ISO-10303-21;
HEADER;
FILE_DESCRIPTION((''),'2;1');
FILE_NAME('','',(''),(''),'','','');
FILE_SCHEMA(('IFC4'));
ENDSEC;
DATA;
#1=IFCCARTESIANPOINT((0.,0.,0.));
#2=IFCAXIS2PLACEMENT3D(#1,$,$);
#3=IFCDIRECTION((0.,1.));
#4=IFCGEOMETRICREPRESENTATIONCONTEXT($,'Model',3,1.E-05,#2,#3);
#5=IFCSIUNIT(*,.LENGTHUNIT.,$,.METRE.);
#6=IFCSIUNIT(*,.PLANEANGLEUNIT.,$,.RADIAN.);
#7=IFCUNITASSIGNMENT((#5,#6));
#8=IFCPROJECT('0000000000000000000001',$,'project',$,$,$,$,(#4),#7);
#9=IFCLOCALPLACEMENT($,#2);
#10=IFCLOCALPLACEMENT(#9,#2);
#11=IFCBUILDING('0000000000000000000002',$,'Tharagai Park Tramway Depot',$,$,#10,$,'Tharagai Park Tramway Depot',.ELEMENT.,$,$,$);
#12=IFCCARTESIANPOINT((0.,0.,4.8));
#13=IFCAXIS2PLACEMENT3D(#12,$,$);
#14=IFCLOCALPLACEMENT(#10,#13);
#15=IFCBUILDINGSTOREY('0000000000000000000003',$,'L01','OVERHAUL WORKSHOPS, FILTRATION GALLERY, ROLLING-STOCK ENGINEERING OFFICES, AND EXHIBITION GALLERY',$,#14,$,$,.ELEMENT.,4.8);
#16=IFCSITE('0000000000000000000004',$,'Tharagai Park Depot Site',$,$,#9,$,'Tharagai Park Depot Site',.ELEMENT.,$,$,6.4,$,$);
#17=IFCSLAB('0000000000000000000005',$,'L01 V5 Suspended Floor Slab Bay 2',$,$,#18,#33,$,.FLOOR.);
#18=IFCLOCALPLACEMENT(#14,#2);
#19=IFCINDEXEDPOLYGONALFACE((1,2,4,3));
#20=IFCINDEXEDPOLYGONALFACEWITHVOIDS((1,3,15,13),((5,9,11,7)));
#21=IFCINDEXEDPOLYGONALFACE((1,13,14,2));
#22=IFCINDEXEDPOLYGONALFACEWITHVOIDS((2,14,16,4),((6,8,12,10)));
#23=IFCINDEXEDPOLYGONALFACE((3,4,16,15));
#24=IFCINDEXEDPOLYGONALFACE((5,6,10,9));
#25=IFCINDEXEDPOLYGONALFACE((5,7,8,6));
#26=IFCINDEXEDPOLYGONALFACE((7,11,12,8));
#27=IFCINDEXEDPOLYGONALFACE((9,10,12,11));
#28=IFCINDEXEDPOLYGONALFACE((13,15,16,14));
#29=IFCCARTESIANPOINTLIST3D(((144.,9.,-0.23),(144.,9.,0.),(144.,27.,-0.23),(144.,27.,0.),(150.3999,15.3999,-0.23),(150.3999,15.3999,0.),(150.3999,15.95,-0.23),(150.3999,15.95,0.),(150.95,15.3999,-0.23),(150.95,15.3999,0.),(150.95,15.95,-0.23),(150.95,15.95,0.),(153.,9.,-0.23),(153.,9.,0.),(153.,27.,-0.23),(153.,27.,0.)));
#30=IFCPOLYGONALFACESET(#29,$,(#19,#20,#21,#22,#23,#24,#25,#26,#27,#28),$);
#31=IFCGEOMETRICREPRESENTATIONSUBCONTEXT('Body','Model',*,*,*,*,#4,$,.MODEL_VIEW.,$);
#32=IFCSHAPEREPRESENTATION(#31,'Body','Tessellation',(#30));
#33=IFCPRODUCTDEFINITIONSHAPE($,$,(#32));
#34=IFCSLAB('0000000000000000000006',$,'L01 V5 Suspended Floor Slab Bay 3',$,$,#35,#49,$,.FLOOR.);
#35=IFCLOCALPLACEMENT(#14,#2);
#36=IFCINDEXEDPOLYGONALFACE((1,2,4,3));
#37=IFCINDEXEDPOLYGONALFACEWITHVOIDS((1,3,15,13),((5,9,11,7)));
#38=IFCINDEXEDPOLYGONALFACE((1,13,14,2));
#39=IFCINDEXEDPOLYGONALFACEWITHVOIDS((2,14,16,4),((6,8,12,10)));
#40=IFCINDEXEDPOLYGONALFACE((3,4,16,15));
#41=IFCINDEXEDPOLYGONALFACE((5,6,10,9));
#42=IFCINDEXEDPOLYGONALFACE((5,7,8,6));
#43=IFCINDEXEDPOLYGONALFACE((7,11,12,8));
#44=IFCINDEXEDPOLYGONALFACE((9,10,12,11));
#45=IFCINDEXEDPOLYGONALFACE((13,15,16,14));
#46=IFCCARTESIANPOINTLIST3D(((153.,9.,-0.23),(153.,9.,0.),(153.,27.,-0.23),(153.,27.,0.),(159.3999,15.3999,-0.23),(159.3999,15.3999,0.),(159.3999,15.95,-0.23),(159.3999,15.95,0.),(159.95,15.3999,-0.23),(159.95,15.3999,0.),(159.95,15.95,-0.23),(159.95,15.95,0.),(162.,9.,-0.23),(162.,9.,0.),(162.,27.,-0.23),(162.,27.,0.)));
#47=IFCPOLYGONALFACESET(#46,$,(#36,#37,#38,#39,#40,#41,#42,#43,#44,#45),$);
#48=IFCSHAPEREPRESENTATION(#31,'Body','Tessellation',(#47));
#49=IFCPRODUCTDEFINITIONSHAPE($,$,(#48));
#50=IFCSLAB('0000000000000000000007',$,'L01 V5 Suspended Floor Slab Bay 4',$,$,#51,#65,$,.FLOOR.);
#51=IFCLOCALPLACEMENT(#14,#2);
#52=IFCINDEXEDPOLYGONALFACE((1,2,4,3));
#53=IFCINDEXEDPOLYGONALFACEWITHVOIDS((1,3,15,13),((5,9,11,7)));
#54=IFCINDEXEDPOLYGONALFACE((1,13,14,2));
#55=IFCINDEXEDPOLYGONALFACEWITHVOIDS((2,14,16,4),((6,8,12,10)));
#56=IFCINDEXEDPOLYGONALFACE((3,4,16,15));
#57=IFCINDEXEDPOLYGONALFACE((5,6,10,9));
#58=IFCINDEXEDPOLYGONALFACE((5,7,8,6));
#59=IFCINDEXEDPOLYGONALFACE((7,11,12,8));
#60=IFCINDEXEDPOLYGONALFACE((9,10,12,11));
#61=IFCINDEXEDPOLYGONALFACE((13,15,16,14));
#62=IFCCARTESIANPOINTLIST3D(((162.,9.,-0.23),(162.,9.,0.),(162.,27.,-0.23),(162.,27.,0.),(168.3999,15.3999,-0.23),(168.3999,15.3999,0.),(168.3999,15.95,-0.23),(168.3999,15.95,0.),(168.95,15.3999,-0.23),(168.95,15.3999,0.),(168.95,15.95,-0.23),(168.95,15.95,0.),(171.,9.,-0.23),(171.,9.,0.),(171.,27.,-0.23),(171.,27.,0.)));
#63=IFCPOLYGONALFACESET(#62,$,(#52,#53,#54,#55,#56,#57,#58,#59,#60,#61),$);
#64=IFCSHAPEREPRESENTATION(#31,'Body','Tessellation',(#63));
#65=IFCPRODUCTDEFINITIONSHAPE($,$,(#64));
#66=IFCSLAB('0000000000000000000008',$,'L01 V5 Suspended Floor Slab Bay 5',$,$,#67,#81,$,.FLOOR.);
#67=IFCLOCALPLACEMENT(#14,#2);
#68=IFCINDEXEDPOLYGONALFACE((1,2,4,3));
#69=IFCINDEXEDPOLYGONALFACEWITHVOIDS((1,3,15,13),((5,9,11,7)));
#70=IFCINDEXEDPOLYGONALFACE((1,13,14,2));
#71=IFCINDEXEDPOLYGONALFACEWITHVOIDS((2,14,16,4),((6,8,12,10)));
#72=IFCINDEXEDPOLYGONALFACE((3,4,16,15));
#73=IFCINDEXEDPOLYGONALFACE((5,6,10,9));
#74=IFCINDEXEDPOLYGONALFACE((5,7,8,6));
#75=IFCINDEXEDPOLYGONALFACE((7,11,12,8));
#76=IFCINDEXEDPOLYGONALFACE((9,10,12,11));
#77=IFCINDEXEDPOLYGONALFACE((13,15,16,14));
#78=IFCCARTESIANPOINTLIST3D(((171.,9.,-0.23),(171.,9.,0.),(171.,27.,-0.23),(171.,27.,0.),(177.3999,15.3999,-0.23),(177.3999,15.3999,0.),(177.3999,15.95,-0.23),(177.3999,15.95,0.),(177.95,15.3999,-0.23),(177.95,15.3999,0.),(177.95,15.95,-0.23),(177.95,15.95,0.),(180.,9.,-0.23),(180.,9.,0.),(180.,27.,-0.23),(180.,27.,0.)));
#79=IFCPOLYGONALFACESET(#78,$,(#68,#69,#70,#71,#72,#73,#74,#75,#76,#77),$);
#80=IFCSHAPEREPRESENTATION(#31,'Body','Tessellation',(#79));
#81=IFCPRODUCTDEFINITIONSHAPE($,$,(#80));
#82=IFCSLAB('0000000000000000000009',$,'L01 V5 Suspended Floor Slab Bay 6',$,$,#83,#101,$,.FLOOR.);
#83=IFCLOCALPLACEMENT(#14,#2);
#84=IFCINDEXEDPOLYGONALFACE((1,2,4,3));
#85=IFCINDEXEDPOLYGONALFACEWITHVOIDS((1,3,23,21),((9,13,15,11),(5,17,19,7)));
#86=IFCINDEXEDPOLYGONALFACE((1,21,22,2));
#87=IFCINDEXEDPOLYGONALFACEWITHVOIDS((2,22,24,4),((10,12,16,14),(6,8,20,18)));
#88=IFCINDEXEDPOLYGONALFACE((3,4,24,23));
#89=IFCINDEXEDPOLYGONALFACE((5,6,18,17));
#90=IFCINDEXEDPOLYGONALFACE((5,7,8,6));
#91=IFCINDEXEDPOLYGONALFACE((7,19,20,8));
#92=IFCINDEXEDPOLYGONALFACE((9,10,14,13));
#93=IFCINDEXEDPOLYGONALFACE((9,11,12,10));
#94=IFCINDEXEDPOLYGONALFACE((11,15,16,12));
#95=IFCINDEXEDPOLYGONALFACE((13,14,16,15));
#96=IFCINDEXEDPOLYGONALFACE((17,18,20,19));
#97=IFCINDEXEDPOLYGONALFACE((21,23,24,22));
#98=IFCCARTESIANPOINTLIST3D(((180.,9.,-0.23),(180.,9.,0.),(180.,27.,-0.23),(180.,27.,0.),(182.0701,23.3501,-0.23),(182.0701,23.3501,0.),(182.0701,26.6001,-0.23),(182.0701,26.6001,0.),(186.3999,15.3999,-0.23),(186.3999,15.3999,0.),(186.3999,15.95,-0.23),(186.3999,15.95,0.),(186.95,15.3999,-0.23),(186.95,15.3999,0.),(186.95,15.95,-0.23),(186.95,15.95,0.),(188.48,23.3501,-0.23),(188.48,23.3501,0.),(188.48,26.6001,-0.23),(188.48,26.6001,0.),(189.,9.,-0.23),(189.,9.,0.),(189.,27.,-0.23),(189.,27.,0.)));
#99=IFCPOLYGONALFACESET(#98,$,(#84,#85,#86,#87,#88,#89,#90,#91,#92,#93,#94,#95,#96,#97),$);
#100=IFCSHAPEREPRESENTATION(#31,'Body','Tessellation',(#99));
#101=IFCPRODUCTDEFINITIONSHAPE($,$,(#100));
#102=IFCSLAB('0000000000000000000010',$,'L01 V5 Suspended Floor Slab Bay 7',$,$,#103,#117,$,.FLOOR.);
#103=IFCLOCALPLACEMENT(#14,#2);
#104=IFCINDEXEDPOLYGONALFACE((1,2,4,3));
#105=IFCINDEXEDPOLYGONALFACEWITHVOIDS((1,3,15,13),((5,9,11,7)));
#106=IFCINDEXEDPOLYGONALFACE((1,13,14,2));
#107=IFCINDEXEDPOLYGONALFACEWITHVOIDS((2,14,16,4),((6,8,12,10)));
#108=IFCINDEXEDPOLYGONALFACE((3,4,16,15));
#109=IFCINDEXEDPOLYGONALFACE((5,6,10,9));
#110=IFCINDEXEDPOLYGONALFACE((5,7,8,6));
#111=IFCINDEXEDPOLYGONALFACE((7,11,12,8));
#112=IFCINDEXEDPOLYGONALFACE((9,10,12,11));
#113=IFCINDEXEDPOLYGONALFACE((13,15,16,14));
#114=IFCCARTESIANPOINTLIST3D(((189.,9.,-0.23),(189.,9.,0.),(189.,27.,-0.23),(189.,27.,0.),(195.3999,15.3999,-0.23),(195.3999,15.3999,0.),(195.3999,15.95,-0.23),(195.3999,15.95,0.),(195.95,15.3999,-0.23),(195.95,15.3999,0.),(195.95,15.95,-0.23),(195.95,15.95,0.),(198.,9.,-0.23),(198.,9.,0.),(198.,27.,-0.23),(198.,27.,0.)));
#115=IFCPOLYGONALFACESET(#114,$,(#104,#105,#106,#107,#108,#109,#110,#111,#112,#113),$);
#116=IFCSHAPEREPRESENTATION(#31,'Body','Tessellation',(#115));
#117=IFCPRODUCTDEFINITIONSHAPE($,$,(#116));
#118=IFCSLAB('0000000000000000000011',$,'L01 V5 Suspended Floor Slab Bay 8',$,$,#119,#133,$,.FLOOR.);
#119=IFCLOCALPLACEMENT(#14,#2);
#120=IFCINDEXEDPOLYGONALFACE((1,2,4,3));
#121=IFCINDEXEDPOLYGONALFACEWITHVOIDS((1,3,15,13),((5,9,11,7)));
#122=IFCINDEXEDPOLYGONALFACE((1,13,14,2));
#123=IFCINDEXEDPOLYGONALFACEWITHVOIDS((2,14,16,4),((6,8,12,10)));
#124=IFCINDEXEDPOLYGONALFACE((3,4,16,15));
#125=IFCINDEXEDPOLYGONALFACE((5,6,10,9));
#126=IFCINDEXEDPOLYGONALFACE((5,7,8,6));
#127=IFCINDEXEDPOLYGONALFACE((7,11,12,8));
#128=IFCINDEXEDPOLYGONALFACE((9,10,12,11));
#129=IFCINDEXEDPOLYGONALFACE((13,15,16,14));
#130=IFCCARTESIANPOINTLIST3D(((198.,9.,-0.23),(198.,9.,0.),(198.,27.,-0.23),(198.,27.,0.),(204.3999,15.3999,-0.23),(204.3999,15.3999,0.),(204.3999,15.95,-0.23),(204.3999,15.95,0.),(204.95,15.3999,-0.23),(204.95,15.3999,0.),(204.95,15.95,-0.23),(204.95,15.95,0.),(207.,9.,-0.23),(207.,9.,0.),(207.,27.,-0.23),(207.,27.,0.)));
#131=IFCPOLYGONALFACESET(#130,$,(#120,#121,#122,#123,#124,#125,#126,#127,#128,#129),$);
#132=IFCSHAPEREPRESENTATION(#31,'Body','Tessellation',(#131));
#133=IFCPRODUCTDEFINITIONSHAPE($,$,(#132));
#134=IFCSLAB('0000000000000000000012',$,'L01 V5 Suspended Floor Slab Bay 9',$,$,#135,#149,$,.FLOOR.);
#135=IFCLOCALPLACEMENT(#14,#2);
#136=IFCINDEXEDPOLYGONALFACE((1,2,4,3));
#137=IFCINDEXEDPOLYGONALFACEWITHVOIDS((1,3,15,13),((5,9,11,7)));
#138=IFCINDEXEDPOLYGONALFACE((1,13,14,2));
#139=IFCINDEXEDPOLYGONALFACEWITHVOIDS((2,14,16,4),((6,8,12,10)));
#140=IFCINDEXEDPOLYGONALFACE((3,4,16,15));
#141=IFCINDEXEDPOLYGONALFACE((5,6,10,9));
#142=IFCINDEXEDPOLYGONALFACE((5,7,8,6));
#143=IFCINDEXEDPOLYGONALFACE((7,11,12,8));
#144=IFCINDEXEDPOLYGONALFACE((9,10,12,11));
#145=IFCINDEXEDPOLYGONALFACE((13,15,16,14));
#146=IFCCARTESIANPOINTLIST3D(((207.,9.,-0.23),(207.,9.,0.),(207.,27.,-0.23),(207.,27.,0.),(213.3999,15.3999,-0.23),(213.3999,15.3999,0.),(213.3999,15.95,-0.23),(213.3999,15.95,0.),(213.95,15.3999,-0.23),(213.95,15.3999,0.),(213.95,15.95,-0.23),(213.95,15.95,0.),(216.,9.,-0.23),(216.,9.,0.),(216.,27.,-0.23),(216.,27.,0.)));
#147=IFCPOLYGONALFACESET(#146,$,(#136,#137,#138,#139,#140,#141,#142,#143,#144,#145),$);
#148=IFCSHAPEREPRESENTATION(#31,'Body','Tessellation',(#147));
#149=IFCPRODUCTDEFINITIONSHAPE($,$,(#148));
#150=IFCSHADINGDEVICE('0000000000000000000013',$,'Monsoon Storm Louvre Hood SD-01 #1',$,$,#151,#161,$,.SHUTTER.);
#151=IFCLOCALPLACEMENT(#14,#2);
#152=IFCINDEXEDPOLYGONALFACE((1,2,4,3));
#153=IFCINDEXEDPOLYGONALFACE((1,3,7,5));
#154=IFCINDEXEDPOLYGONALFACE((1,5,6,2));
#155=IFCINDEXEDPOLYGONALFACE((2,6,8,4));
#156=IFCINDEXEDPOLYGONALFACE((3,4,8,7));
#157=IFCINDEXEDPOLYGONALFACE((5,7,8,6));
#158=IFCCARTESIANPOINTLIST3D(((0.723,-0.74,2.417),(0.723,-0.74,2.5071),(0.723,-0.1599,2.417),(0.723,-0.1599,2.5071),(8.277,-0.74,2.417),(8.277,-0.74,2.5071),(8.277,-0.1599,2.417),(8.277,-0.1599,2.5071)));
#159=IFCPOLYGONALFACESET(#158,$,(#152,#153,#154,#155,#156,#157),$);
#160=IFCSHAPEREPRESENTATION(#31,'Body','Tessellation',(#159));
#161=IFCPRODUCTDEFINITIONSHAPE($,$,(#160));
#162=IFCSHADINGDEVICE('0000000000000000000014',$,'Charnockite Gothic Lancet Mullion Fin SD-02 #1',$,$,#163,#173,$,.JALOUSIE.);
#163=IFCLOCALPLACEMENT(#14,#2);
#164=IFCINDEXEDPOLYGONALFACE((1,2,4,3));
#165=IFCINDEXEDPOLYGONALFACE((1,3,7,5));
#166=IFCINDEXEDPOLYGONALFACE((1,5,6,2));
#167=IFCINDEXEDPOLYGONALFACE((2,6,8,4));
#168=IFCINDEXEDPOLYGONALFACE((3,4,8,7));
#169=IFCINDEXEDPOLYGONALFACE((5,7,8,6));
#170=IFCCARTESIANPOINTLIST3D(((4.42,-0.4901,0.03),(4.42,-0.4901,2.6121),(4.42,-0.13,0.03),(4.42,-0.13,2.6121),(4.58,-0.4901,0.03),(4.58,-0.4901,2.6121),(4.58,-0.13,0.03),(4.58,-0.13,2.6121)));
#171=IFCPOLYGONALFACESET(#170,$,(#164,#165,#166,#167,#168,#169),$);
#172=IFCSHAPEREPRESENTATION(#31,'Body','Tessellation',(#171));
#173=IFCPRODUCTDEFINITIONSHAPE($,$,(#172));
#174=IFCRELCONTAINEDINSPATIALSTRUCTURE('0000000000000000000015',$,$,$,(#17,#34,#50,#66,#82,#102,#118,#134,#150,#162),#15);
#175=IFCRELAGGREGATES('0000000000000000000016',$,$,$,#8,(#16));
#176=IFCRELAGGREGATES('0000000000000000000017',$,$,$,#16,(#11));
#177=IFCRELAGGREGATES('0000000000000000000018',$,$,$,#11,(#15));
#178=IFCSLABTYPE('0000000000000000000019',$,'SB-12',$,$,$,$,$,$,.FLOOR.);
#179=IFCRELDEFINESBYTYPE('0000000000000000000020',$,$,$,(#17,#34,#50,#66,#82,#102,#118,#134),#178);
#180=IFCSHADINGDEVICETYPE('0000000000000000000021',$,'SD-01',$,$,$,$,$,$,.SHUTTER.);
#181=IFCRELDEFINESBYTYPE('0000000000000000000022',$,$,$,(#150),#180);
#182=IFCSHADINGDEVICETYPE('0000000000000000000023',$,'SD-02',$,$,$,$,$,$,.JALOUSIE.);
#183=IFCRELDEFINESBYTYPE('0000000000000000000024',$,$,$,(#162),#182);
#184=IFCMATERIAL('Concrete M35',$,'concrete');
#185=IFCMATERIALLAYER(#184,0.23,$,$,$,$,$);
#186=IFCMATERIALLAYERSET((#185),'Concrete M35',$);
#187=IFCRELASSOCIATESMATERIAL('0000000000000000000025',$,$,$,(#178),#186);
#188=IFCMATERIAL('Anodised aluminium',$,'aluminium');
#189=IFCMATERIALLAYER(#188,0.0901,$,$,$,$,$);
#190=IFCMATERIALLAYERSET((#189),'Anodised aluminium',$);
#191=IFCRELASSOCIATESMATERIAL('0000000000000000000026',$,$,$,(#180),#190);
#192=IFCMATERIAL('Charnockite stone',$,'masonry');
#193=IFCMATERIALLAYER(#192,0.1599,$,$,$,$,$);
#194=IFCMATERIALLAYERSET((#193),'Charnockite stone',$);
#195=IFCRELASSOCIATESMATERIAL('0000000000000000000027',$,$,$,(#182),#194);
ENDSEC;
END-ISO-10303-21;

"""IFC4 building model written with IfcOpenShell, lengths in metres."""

from ifc_helpers import new_model, si_unit, direction, frame, origin, origin_2d, place, context, subcontext, project, spatial, polyline, rectangle, outline, extrude, material, layer, layer_set, type_object, element, save


model = new_model("IFC4")

# Units and contexts
model_context = context("Model", 3, precision=1e-05, world=origin(), true_north=direction((0.0, 1.0)))
body_context = subcontext(model_context, "Body", "Model", "MODEL_VIEW")
ifc_project = project(units=[si_unit("LENGTHUNIT", "METRE"), si_unit("PLANEANGLEUNIT", "RADIAN")], contexts=[model_context])

# Site, building, storey
site_placement = place(None, origin())
site = spatial("IfcSite", under=ifc_project, at=site_placement, Name="Tharagai Park Depot Site", LongName="Tharagai Park Depot Site", CompositionType="ELEMENT", RefElevation=6.4)
building_placement = place(site_placement, origin())
building = spatial("IfcBuilding", under=site, at=building_placement, Name="Tharagai Park Tramway Depot", LongName="Tharagai Park Tramway Depot", CompositionType="ELEMENT")
storey_placement = place(building_placement, frame((0.0, 0.0, 4.8)))
storey = spatial("IfcBuildingStorey", under=building, at=storey_placement, Name="L01", Description="OVERHAUL WORKSHOPS, FILTRATION GALLERY, ROLLING-STOCK ENGINEERING OFFICES, AND EXHIBITION GALLERY", CompositionType="ELEMENT", Elevation=4.8)

# Shared definitions
ifc_material_1 = material(Name="Concrete M35", Category="concrete")

# Slabs
ifc_layer_1 = layer(ifc_material_1, 0.23)
ifc_layer_set_1 = layer_set([ifc_layer_1], Name="Concrete M35")
slab_type_1 = type_object("IfcSlabType", Name="SB-12", PredefinedType="FLOOR", material=ifc_layer_set_1)
slab_1_placement = place(storey_placement, frame((0.0, 0.0, -0.23)))
element("IfcSlab", 1, at=slab_1_placement, inside=storey, type_object=slab_type_1, Name="L01 V5 Suspended Floor Slab Bay 2", PredefinedType="FLOOR", context=body_context, shape_type="SweptSolid", body=[
    extrude(outline(polyline([(144.0, 9.0), (153.0, 9.0), (153.0, 27.0), (144.0, 27.0), (144.0, 9.0)]), holes=[polyline([(150.3999, 15.3999), (150.95, 15.3999), (150.95, 15.95), (150.3999, 15.95), (150.3999, 15.3999)])]), origin(), (0.0, 0.0, 1.0), 0.23),
])
slab_2_placement = place(storey_placement, frame((0.0, 0.0, -0.23)))
element("IfcSlab", 2, at=slab_2_placement, inside=storey, type_object=slab_type_1, Name="L01 V5 Suspended Floor Slab Bay 3", PredefinedType="FLOOR", context=body_context, shape_type="SweptSolid", body=[
    extrude(outline(polyline([(153.0, 9.0), (162.0, 9.0), (162.0, 27.0), (153.0, 27.0), (153.0, 9.0)]), holes=[polyline([(159.3999, 15.3999), (159.95, 15.3999), (159.95, 15.95), (159.3999, 15.95), (159.3999, 15.3999)])]), origin(), (0.0, 0.0, 1.0), 0.23),
])
slab_3_placement = place(storey_placement, frame((0.0, 0.0, -0.23)))
element("IfcSlab", 3, at=slab_3_placement, inside=storey, type_object=slab_type_1, Name="L01 V5 Suspended Floor Slab Bay 4", PredefinedType="FLOOR", context=body_context, shape_type="SweptSolid", body=[
    extrude(outline(polyline([(162.0, 9.0), (171.0, 9.0), (171.0, 27.0), (162.0, 27.0), (162.0, 9.0)]), holes=[polyline([(168.3999, 15.3999), (168.95, 15.3999), (168.95, 15.95), (168.3999, 15.95), (168.3999, 15.3999)])]), origin(), (0.0, 0.0, 1.0), 0.23),
])
slab_4_placement = place(storey_placement, frame((0.0, 0.0, -0.23)))
element("IfcSlab", 4, at=slab_4_placement, inside=storey, type_object=slab_type_1, Name="L01 V5 Suspended Floor Slab Bay 5", PredefinedType="FLOOR", context=body_context, shape_type="SweptSolid", body=[
    extrude(outline(polyline([(171.0, 9.0), (180.0, 9.0), (180.0, 27.0), (171.0, 27.0), (171.0, 9.0)]), holes=[polyline([(177.3999, 15.3999), (177.95, 15.3999), (177.95, 15.95), (177.3999, 15.95), (177.3999, 15.3999)])]), origin(), (0.0, 0.0, 1.0), 0.23),
])
slab_5_placement = place(storey_placement, frame((0.0, 0.0, -0.23)))
element("IfcSlab", 5, at=slab_5_placement, inside=storey, type_object=slab_type_1, Name="L01 V5 Suspended Floor Slab Bay 6", PredefinedType="FLOOR", context=body_context, shape_type="SweptSolid", body=[
    extrude(outline(polyline([(180.0, 9.0), (189.0, 9.0), (189.0, 27.0), (180.0, 27.0), (180.0, 9.0)]), holes=[polyline([(182.0701, 23.3501), (188.48, 23.3501), (188.48, 26.6001), (182.0701, 26.6001), (182.0701, 23.3501)]), polyline([(186.3999, 15.3999), (186.95, 15.3999), (186.95, 15.95), (186.3999, 15.95), (186.3999, 15.3999)])]), origin(), (0.0, 0.0, 1.0), 0.23),
])
slab_6_placement = place(storey_placement, frame((0.0, 0.0, -0.23)))
element("IfcSlab", 6, at=slab_6_placement, inside=storey, type_object=slab_type_1, Name="L01 V5 Suspended Floor Slab Bay 7", PredefinedType="FLOOR", context=body_context, shape_type="SweptSolid", body=[
    extrude(outline(polyline([(189.0, 9.0), (198.0, 9.0), (198.0, 27.0), (189.0, 27.0), (189.0, 9.0)]), holes=[polyline([(195.3999, 15.3999), (195.95, 15.3999), (195.95, 15.95), (195.3999, 15.95), (195.3999, 15.3999)])]), origin(), (0.0, 0.0, 1.0), 0.23),
])
slab_7_placement = place(storey_placement, frame((0.0, 0.0, -0.23)))
element("IfcSlab", 7, at=slab_7_placement, inside=storey, type_object=slab_type_1, Name="L01 V5 Suspended Floor Slab Bay 8", PredefinedType="FLOOR", context=body_context, shape_type="SweptSolid", body=[
    extrude(outline(polyline([(198.0, 9.0), (207.0, 9.0), (207.0, 27.0), (198.0, 27.0), (198.0, 9.0)]), holes=[polyline([(204.3999, 15.3999), (204.95, 15.3999), (204.95, 15.95), (204.3999, 15.95), (204.3999, 15.3999)])]), origin(), (0.0, 0.0, 1.0), 0.23),
])
slab_8_placement = place(storey_placement, frame((0.0, 0.0, -0.23)))
element("IfcSlab", 8, at=slab_8_placement, inside=storey, type_object=slab_type_1, Name="L01 V5 Suspended Floor Slab Bay 9", PredefinedType="FLOOR", context=body_context, shape_type="SweptSolid", body=[
    extrude(outline(polyline([(207.0, 9.0), (216.0, 9.0), (216.0, 27.0), (207.0, 27.0), (207.0, 9.0)]), holes=[polyline([(213.3999, 15.3999), (213.95, 15.3999), (213.95, 15.95), (213.3999, 15.95), (213.3999, 15.3999)])]), origin(), (0.0, 0.0, 1.0), 0.23),
])

# Shading devices
ifc_material_2 = material(Name="Anodised aluminium", Category="aluminium")
ifc_layer_2 = layer(ifc_material_2, 0.0901)
ifc_layer_set_2 = layer_set([ifc_layer_2], Name="Anodised aluminium")
shading_device_type_1 = type_object("IfcShadingDeviceType", Name="SD-01", PredefinedType="SHUTTER", material=ifc_layer_set_2)
shading_device_1_placement = place(storey_placement, frame((4.5, -0.45, 2.417), z_axis=(0.0, 0.0, 1.0), x_axis=(1.0, 0.0, 0.0)))
element("IfcShadingDevice", 9, at=shading_device_1_placement, inside=storey, type_object=shading_device_type_1, Name="Monsoon Storm Louvre Hood SD-01 #1", PredefinedType="SHUTTER", context=body_context, shape_type="SweptSolid", body=[
    extrude(rectangle(XDim=7.554, YDim=0.5801, at=origin_2d()), origin(), (0.0, 0.0, 1.0), 0.0901),
])
ifc_material_3 = material(Name="Charnockite stone", Category="masonry")
ifc_layer_3 = layer(ifc_material_3, 0.1599)
ifc_layer_set_3 = layer_set([ifc_layer_3], Name="Charnockite stone")
shading_device_type_2 = type_object("IfcShadingDeviceType", Name="SD-02", PredefinedType="JALOUSIE", material=ifc_layer_set_3)
shading_device_2_placement = place(storey_placement, frame((4.5, -0.3101, 0.03), z_axis=(0.0, 0.0, 1.0), x_axis=(1.0, 0.0, 0.0)))
element("IfcShadingDevice", 10, at=shading_device_2_placement, inside=storey, type_object=shading_device_type_2, Name="Charnockite Gothic Lancet Mullion Fin SD-02 #1", PredefinedType="JALOUSIE", context=body_context, shape_type="SweptSolid", body=[
    extrude(rectangle(XDim=0.1599, YDim=0.3601, at=origin_2d()), origin(), (0.0, 0.0, 1.0), 2.582),
])

save(model, "model.ifc")
